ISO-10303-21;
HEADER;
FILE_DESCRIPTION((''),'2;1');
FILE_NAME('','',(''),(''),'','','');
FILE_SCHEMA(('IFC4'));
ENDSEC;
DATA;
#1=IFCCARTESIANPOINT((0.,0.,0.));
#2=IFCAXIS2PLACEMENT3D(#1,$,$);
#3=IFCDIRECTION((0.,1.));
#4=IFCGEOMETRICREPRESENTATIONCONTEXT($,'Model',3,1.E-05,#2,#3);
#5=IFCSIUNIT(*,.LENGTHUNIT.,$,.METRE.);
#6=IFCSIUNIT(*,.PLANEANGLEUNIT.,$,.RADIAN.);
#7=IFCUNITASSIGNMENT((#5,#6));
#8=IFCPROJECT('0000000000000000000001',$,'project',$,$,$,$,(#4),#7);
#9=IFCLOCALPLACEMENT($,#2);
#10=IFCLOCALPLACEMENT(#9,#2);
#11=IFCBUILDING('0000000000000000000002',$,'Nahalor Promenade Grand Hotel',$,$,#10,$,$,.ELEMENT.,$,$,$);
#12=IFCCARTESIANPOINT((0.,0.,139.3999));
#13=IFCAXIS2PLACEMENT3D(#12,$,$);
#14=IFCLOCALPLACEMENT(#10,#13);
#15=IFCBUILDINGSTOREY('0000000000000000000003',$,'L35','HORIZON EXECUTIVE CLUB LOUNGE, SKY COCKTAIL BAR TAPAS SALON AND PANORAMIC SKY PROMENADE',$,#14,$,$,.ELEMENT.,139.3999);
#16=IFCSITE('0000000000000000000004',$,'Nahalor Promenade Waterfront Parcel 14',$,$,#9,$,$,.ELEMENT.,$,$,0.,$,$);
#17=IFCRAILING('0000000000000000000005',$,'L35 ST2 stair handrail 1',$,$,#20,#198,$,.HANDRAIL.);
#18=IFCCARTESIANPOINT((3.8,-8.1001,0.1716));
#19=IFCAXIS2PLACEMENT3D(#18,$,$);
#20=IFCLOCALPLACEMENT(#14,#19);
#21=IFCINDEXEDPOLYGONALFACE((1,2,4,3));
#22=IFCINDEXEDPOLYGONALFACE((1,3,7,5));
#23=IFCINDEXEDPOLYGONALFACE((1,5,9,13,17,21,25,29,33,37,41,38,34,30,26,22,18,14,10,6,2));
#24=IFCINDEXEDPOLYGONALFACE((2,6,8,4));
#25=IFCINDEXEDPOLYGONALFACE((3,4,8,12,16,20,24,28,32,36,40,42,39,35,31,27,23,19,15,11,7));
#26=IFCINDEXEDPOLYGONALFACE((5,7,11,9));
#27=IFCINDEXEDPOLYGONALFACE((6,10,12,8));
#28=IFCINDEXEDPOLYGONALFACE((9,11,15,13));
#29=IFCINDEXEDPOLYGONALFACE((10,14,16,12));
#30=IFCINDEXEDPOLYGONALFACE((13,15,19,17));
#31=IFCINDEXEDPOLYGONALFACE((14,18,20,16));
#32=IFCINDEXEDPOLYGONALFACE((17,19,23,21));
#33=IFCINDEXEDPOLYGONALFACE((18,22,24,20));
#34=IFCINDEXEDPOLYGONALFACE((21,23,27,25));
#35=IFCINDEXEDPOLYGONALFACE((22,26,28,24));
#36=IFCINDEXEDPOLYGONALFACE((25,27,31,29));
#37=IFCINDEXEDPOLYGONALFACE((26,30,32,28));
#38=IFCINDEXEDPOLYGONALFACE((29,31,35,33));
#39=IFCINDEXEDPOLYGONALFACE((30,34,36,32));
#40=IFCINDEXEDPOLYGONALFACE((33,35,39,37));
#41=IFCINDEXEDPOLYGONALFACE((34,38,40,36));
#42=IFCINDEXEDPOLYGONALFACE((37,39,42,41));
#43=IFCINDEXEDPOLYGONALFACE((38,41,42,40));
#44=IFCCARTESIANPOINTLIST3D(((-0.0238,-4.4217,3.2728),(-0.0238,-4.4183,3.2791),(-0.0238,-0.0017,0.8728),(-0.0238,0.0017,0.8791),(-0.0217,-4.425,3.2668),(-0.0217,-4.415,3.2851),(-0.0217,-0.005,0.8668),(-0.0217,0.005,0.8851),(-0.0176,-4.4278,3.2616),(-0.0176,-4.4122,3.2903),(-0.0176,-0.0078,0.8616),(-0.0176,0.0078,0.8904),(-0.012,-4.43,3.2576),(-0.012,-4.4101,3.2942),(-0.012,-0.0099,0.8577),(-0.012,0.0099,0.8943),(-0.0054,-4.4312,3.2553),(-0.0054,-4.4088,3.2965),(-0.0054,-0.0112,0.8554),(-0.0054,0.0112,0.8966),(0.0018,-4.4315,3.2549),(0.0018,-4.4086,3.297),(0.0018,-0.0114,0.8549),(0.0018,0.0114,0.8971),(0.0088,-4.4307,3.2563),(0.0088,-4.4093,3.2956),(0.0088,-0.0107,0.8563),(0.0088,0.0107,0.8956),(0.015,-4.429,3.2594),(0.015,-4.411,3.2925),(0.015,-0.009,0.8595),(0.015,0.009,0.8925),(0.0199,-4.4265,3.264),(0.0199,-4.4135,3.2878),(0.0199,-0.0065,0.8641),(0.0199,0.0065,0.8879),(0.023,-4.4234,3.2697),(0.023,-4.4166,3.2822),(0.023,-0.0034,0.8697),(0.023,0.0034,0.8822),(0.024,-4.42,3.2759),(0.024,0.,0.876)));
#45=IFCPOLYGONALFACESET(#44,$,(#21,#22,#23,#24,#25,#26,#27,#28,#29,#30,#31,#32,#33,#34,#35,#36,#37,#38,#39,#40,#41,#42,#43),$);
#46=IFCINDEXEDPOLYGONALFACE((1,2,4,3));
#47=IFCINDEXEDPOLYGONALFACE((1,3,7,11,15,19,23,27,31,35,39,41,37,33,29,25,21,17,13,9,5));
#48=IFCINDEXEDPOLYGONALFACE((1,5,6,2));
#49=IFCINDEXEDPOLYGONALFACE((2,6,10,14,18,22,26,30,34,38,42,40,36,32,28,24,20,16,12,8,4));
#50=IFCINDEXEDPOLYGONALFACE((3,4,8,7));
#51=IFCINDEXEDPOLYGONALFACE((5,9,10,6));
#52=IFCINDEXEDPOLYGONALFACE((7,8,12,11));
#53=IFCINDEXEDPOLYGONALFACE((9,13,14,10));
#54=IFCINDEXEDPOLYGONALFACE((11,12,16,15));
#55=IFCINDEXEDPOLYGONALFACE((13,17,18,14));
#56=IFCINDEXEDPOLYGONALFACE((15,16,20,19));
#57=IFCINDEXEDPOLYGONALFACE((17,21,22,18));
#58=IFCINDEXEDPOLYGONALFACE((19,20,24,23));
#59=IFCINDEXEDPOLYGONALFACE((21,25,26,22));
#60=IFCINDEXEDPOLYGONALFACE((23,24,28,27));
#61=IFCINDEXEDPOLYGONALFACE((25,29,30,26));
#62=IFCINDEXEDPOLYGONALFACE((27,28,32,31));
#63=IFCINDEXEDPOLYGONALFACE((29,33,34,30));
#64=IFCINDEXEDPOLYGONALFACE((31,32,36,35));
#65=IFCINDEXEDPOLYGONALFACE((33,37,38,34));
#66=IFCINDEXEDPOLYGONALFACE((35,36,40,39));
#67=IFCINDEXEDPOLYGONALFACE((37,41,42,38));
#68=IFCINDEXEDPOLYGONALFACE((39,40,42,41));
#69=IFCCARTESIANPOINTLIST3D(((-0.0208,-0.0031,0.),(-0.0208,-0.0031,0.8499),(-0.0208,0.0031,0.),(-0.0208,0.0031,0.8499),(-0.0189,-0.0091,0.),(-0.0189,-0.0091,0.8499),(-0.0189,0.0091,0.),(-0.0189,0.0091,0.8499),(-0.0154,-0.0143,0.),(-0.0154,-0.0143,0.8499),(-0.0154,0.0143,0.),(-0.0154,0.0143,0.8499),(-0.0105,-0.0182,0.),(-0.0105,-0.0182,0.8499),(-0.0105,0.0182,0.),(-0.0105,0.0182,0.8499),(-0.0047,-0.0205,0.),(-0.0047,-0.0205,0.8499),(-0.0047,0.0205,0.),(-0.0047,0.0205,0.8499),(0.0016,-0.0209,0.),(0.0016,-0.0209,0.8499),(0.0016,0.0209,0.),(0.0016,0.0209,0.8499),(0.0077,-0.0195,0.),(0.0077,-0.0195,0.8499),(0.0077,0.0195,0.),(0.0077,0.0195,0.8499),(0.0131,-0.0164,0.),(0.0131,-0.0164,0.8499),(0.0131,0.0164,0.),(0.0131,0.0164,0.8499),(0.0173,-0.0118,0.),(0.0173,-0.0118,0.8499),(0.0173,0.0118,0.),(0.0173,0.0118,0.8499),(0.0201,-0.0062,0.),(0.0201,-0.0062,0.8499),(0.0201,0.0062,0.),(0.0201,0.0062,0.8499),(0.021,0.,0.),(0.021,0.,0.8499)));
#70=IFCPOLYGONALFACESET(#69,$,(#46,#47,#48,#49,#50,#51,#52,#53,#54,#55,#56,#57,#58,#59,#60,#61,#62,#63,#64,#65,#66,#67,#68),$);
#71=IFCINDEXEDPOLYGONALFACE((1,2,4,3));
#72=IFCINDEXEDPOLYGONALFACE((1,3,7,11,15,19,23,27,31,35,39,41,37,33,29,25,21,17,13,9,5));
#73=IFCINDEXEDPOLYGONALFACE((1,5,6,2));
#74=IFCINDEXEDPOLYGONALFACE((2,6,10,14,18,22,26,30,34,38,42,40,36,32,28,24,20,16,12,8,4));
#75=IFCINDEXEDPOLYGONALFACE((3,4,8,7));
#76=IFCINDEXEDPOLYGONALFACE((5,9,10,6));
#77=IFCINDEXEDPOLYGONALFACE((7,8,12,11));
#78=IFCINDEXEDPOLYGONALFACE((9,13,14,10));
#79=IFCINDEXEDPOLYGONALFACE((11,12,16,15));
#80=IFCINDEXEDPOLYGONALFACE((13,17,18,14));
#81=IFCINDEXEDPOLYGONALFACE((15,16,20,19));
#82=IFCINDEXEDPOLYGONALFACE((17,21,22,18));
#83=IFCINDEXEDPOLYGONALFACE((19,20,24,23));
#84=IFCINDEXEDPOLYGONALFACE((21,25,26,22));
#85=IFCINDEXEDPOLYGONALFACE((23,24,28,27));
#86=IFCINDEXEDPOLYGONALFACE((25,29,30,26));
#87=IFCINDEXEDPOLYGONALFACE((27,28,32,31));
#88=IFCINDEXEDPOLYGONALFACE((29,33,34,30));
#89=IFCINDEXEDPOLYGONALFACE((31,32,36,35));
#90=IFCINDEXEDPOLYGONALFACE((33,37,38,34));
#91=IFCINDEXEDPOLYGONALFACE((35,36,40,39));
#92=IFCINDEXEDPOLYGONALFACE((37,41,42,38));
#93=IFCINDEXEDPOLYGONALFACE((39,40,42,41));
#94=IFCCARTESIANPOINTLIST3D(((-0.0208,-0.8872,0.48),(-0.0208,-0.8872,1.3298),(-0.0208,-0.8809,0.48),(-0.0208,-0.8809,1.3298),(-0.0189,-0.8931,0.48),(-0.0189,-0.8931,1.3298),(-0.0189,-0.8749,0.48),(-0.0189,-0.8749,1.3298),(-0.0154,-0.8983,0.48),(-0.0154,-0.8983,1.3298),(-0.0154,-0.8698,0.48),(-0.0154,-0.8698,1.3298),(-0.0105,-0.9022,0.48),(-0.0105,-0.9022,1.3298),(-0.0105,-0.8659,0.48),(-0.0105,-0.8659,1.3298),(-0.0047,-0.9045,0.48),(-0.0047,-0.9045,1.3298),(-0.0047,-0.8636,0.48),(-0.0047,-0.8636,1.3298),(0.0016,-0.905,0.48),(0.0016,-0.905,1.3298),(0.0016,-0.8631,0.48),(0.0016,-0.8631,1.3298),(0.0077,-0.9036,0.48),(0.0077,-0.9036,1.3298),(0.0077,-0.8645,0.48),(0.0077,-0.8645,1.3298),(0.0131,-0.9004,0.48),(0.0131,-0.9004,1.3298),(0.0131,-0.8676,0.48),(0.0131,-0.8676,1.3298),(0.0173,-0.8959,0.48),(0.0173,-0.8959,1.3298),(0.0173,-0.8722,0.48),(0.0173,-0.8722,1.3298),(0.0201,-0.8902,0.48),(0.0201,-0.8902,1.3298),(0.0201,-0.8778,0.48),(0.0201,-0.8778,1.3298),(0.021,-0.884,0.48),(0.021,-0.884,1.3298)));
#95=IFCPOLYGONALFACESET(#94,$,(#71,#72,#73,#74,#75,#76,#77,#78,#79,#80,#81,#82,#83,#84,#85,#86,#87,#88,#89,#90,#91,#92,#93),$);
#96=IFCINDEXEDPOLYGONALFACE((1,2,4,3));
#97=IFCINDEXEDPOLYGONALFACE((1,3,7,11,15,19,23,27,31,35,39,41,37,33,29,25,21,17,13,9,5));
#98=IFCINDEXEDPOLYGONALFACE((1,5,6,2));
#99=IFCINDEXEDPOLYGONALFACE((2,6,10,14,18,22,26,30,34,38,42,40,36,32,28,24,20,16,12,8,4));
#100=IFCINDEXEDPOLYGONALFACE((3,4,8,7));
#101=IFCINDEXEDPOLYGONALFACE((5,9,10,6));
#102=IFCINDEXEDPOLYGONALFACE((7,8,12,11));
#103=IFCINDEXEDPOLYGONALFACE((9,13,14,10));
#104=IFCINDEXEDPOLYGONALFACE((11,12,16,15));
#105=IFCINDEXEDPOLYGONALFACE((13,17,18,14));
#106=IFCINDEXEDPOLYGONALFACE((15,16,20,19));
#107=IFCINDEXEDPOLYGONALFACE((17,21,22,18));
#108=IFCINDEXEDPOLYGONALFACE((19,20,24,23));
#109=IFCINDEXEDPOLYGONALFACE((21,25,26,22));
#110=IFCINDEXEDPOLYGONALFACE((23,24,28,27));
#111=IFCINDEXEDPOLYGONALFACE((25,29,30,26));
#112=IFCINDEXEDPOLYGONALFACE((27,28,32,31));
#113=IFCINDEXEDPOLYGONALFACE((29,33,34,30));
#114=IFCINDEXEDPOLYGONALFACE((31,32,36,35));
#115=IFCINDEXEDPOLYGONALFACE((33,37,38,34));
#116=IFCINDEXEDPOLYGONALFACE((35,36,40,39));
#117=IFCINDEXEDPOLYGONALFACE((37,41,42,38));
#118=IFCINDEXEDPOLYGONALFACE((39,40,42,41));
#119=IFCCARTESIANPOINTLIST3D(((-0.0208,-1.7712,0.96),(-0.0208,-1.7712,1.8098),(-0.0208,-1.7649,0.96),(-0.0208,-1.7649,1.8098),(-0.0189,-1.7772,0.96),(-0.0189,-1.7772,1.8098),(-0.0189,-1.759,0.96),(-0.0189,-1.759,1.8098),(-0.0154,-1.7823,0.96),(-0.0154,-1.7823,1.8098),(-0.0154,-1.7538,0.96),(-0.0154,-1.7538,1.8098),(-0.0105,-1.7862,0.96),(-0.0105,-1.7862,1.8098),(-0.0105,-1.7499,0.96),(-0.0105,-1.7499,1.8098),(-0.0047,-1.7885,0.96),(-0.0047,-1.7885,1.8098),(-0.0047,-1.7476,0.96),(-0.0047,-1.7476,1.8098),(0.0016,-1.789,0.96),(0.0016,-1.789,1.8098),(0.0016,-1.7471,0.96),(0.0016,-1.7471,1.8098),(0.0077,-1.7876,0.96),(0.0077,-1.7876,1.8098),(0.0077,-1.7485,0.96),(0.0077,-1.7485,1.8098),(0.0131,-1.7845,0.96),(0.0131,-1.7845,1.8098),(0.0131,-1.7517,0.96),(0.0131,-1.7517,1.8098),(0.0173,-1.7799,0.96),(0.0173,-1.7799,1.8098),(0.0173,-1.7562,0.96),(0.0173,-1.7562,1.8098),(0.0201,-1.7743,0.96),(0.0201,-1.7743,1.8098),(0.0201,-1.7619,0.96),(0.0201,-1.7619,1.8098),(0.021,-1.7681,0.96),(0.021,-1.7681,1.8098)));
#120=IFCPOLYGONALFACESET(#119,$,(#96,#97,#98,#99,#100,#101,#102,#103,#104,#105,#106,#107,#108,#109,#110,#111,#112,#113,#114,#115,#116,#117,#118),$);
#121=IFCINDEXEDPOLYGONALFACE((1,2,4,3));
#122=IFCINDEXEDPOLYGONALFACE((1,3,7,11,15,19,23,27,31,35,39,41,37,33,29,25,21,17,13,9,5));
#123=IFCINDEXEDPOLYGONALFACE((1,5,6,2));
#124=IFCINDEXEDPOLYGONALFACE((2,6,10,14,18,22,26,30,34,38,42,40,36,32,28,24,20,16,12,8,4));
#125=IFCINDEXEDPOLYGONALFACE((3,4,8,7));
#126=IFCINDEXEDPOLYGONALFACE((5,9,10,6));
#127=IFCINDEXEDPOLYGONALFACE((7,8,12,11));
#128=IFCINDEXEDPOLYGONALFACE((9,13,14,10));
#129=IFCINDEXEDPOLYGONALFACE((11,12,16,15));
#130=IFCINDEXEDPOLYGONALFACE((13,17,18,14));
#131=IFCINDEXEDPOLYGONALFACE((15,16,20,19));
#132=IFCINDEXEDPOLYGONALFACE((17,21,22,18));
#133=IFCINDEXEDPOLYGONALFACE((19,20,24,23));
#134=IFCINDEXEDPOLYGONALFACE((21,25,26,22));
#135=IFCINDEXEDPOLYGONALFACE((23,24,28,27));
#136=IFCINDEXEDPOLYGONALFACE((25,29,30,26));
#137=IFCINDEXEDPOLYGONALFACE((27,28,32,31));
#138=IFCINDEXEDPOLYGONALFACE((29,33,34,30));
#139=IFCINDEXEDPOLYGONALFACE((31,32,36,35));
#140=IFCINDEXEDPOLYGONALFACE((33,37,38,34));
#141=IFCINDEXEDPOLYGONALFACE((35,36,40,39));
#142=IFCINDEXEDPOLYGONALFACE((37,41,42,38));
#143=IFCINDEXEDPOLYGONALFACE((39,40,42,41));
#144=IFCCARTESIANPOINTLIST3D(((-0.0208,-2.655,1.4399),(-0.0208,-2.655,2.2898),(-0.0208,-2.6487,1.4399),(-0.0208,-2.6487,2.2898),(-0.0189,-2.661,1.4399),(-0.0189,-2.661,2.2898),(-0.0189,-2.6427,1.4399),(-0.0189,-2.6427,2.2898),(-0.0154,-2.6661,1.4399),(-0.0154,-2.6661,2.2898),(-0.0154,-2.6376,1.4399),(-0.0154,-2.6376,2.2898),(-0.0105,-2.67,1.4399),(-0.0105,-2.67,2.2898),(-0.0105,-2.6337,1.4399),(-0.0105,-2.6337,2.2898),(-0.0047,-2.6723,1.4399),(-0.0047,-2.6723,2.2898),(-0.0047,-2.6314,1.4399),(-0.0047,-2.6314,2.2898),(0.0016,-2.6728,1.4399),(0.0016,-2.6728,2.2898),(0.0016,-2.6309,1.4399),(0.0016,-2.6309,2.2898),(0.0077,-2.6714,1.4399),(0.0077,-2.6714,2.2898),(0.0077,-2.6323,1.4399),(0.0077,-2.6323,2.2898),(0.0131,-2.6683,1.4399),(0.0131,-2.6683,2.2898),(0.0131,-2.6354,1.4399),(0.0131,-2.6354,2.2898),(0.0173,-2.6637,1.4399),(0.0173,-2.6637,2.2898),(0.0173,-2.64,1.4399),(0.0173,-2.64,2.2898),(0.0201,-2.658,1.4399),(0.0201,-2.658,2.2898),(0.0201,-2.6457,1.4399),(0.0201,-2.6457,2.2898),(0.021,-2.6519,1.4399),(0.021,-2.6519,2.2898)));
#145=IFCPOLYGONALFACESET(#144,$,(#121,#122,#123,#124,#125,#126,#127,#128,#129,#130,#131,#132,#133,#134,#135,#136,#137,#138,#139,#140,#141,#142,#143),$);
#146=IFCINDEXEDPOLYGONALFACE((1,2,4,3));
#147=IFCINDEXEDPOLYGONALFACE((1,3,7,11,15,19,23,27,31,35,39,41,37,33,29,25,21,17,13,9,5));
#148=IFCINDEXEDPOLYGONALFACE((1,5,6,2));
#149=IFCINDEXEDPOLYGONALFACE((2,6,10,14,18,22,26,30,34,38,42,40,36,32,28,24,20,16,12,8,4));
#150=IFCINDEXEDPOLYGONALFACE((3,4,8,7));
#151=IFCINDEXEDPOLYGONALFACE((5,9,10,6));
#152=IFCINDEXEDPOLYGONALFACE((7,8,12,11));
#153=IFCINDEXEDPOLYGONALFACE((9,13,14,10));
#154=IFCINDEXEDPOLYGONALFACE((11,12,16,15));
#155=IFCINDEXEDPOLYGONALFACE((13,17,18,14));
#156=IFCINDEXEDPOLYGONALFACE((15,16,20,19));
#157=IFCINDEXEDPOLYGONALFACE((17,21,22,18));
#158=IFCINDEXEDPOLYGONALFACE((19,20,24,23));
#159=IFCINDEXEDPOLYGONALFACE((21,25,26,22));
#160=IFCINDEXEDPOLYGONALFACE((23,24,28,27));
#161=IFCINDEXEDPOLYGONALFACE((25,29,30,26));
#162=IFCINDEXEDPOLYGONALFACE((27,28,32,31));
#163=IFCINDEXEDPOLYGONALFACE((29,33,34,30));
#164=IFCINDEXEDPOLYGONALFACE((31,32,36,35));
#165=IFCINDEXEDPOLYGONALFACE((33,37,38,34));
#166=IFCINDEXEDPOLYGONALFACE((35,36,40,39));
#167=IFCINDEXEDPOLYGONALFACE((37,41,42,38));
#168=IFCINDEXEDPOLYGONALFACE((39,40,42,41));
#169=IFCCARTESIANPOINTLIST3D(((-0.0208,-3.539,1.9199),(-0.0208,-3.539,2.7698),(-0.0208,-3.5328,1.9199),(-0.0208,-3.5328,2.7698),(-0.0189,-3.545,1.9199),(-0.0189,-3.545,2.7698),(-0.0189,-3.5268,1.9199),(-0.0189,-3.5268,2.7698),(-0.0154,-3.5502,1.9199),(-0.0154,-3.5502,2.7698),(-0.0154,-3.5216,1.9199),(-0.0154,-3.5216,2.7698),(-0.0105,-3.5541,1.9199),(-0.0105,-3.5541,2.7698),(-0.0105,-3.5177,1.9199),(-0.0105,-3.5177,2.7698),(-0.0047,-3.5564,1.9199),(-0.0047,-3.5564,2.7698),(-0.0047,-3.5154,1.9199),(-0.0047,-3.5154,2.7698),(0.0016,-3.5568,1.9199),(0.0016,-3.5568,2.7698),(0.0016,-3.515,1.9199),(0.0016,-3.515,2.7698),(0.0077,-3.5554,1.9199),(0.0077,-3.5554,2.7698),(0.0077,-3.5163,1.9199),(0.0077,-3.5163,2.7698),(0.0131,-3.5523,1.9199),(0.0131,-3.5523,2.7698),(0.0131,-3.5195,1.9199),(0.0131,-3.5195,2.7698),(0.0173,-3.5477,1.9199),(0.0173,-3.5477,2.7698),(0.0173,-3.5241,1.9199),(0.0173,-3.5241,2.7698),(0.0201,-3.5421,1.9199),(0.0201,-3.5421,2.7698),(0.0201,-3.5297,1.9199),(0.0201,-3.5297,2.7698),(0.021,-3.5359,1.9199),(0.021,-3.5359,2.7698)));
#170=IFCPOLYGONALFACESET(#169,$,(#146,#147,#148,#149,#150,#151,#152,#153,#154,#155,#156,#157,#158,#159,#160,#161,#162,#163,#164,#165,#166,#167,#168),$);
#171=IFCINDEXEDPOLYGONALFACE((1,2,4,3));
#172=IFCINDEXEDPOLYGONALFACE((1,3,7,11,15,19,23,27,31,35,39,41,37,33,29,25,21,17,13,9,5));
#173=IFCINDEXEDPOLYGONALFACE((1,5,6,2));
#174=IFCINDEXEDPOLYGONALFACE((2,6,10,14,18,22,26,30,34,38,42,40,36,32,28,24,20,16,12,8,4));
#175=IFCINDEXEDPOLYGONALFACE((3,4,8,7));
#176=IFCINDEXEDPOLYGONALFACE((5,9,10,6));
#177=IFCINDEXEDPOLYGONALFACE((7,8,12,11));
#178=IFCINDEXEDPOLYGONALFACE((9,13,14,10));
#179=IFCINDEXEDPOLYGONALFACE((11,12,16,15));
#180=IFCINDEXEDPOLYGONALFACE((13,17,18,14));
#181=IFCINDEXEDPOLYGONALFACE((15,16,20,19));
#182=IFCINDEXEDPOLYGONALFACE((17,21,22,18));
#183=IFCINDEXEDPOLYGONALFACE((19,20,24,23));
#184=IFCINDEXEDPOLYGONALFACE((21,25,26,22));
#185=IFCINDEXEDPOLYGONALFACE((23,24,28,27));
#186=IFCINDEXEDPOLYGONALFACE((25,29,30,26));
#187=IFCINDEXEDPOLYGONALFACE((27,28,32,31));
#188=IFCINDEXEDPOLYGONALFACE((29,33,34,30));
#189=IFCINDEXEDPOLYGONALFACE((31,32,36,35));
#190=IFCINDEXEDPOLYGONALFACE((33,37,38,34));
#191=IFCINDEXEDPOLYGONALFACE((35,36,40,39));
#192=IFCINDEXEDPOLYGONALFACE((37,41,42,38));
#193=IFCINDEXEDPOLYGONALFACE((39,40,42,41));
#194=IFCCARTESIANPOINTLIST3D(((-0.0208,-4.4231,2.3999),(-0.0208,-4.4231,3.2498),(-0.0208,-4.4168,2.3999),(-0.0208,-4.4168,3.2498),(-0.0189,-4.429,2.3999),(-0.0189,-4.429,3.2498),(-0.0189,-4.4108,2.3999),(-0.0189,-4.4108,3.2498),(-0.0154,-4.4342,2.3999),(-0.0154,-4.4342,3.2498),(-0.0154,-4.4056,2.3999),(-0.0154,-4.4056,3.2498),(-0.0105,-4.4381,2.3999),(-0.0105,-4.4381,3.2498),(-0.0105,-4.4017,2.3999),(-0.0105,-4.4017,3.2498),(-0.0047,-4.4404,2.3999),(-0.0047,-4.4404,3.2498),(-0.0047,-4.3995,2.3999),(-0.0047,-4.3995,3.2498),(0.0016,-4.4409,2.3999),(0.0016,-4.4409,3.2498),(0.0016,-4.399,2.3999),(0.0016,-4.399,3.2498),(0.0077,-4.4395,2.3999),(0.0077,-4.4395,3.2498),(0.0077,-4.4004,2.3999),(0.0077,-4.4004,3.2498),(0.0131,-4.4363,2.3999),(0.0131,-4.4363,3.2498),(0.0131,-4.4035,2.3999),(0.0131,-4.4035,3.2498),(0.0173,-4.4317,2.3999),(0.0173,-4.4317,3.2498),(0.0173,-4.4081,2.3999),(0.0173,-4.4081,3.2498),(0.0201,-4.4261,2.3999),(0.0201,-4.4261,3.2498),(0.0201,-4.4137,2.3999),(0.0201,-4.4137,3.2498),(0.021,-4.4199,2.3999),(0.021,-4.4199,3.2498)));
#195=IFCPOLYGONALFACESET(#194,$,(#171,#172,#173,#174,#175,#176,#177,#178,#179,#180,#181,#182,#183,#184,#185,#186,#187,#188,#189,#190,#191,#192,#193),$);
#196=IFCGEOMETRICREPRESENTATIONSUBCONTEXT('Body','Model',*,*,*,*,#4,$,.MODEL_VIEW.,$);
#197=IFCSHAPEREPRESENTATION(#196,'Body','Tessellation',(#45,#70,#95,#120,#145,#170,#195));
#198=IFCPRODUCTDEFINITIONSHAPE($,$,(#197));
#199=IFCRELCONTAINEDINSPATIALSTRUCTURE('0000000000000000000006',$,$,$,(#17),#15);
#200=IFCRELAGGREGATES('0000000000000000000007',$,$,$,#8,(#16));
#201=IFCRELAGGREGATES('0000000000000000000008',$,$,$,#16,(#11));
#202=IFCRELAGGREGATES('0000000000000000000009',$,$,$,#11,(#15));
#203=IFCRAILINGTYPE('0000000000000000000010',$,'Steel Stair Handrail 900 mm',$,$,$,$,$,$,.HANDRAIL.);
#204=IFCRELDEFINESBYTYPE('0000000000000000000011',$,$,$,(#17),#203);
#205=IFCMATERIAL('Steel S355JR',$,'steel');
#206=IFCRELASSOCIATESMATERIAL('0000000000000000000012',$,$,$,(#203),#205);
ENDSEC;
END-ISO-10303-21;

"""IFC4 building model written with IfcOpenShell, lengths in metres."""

from ifc_helpers import new_model, si_unit, direction, frame, origin, origin_2d, place, context, subcontext, project, spatial, circle, extrude, material, type_object, element, save


model = new_model("IFC4")

# Units and contexts
model_context = context("Model", 3, precision=1e-05, world=origin(), true_north=direction((0.0, 1.0)))
body_context = subcontext(model_context, "Body", "Model", "MODEL_VIEW")
ifc_project = project(units=[si_unit("LENGTHUNIT", "METRE"), si_unit("PLANEANGLEUNIT", "RADIAN")], contexts=[model_context])

# Site, building, storey
site_placement = place(None, origin())
site = spatial("IfcSite", under=ifc_project, at=site_placement, Name="Nahalor Promenade Waterfront Parcel 14", CompositionType="ELEMENT", RefElevation=0.0)
building_placement = place(site_placement, origin())
building = spatial("IfcBuilding", under=site, at=building_placement, Name="Nahalor Promenade Grand Hotel", CompositionType="ELEMENT")
storey_placement = place(building_placement, frame((0.0, 0.0, 139.3999)))
storey = spatial("IfcBuildingStorey", under=building, at=storey_placement, Name="L35", Description="HORIZON EXECUTIVE CLUB LOUNGE, SKY COCKTAIL BAR TAPAS SALON AND PANORAMIC SKY PROMENADE", CompositionType="ELEMENT", Elevation=139.3999)

# Shared definitions
ifc_material_1 = material(Name="Steel S355JR", Category="steel")

# Railing
railing_type_1 = type_object("IfcRailingType", Name="Steel Stair Handrail 900 mm", PredefinedType="HANDRAIL", material=ifc_material_1)
railing_1_placement = place(storey_placement, frame((3.8, -8.1001, 0.1716)))
element("IfcRailing", 1, at=railing_1_placement, inside=storey, type_object=railing_type_1, Name="L35 ST2 stair handrail 1", PredefinedType="HANDRAIL", context=body_context, shape_type="SweptSolid", body=[
    extrude(circle(Radius=0.024, at=origin_2d()), frame((0.0, 0.0, 0.876), z_axis=(0.0, -0.87881, 0.477171), x_axis=(1.0, 0.0, 0.0)), (0.0, 0.0, 1.0), 5.0295),
    extrude(circle(Radius=0.021, at=origin_2d()), origin(), (0.0, 0.0, 1.0), 0.8499),
    extrude(circle(Radius=0.021, at=origin_2d()), frame((0.0, -0.884, 0.48)), (0.0, 0.0, 1.0), 0.8499),
    extrude(circle(Radius=0.021, at=origin_2d()), frame((0.0, -1.7681, 0.96)), (0.0, 0.0, 1.0), 0.8499),
    extrude(circle(Radius=0.021, at=origin_2d()), frame((0.0, -2.6519, 1.4399)), (0.0, 0.0, 1.0), 0.8499),
    extrude(circle(Radius=0.021, at=origin_2d()), frame((0.0, -3.5359, 1.9199)), (0.0, 0.0, 1.0), 0.8499),
    extrude(circle(Radius=0.021, at=origin_2d()), frame((0.0, -4.4199, 2.3999)), (0.0, 0.0, 1.0), 0.8499),
])

save(model, "model.ifc")
